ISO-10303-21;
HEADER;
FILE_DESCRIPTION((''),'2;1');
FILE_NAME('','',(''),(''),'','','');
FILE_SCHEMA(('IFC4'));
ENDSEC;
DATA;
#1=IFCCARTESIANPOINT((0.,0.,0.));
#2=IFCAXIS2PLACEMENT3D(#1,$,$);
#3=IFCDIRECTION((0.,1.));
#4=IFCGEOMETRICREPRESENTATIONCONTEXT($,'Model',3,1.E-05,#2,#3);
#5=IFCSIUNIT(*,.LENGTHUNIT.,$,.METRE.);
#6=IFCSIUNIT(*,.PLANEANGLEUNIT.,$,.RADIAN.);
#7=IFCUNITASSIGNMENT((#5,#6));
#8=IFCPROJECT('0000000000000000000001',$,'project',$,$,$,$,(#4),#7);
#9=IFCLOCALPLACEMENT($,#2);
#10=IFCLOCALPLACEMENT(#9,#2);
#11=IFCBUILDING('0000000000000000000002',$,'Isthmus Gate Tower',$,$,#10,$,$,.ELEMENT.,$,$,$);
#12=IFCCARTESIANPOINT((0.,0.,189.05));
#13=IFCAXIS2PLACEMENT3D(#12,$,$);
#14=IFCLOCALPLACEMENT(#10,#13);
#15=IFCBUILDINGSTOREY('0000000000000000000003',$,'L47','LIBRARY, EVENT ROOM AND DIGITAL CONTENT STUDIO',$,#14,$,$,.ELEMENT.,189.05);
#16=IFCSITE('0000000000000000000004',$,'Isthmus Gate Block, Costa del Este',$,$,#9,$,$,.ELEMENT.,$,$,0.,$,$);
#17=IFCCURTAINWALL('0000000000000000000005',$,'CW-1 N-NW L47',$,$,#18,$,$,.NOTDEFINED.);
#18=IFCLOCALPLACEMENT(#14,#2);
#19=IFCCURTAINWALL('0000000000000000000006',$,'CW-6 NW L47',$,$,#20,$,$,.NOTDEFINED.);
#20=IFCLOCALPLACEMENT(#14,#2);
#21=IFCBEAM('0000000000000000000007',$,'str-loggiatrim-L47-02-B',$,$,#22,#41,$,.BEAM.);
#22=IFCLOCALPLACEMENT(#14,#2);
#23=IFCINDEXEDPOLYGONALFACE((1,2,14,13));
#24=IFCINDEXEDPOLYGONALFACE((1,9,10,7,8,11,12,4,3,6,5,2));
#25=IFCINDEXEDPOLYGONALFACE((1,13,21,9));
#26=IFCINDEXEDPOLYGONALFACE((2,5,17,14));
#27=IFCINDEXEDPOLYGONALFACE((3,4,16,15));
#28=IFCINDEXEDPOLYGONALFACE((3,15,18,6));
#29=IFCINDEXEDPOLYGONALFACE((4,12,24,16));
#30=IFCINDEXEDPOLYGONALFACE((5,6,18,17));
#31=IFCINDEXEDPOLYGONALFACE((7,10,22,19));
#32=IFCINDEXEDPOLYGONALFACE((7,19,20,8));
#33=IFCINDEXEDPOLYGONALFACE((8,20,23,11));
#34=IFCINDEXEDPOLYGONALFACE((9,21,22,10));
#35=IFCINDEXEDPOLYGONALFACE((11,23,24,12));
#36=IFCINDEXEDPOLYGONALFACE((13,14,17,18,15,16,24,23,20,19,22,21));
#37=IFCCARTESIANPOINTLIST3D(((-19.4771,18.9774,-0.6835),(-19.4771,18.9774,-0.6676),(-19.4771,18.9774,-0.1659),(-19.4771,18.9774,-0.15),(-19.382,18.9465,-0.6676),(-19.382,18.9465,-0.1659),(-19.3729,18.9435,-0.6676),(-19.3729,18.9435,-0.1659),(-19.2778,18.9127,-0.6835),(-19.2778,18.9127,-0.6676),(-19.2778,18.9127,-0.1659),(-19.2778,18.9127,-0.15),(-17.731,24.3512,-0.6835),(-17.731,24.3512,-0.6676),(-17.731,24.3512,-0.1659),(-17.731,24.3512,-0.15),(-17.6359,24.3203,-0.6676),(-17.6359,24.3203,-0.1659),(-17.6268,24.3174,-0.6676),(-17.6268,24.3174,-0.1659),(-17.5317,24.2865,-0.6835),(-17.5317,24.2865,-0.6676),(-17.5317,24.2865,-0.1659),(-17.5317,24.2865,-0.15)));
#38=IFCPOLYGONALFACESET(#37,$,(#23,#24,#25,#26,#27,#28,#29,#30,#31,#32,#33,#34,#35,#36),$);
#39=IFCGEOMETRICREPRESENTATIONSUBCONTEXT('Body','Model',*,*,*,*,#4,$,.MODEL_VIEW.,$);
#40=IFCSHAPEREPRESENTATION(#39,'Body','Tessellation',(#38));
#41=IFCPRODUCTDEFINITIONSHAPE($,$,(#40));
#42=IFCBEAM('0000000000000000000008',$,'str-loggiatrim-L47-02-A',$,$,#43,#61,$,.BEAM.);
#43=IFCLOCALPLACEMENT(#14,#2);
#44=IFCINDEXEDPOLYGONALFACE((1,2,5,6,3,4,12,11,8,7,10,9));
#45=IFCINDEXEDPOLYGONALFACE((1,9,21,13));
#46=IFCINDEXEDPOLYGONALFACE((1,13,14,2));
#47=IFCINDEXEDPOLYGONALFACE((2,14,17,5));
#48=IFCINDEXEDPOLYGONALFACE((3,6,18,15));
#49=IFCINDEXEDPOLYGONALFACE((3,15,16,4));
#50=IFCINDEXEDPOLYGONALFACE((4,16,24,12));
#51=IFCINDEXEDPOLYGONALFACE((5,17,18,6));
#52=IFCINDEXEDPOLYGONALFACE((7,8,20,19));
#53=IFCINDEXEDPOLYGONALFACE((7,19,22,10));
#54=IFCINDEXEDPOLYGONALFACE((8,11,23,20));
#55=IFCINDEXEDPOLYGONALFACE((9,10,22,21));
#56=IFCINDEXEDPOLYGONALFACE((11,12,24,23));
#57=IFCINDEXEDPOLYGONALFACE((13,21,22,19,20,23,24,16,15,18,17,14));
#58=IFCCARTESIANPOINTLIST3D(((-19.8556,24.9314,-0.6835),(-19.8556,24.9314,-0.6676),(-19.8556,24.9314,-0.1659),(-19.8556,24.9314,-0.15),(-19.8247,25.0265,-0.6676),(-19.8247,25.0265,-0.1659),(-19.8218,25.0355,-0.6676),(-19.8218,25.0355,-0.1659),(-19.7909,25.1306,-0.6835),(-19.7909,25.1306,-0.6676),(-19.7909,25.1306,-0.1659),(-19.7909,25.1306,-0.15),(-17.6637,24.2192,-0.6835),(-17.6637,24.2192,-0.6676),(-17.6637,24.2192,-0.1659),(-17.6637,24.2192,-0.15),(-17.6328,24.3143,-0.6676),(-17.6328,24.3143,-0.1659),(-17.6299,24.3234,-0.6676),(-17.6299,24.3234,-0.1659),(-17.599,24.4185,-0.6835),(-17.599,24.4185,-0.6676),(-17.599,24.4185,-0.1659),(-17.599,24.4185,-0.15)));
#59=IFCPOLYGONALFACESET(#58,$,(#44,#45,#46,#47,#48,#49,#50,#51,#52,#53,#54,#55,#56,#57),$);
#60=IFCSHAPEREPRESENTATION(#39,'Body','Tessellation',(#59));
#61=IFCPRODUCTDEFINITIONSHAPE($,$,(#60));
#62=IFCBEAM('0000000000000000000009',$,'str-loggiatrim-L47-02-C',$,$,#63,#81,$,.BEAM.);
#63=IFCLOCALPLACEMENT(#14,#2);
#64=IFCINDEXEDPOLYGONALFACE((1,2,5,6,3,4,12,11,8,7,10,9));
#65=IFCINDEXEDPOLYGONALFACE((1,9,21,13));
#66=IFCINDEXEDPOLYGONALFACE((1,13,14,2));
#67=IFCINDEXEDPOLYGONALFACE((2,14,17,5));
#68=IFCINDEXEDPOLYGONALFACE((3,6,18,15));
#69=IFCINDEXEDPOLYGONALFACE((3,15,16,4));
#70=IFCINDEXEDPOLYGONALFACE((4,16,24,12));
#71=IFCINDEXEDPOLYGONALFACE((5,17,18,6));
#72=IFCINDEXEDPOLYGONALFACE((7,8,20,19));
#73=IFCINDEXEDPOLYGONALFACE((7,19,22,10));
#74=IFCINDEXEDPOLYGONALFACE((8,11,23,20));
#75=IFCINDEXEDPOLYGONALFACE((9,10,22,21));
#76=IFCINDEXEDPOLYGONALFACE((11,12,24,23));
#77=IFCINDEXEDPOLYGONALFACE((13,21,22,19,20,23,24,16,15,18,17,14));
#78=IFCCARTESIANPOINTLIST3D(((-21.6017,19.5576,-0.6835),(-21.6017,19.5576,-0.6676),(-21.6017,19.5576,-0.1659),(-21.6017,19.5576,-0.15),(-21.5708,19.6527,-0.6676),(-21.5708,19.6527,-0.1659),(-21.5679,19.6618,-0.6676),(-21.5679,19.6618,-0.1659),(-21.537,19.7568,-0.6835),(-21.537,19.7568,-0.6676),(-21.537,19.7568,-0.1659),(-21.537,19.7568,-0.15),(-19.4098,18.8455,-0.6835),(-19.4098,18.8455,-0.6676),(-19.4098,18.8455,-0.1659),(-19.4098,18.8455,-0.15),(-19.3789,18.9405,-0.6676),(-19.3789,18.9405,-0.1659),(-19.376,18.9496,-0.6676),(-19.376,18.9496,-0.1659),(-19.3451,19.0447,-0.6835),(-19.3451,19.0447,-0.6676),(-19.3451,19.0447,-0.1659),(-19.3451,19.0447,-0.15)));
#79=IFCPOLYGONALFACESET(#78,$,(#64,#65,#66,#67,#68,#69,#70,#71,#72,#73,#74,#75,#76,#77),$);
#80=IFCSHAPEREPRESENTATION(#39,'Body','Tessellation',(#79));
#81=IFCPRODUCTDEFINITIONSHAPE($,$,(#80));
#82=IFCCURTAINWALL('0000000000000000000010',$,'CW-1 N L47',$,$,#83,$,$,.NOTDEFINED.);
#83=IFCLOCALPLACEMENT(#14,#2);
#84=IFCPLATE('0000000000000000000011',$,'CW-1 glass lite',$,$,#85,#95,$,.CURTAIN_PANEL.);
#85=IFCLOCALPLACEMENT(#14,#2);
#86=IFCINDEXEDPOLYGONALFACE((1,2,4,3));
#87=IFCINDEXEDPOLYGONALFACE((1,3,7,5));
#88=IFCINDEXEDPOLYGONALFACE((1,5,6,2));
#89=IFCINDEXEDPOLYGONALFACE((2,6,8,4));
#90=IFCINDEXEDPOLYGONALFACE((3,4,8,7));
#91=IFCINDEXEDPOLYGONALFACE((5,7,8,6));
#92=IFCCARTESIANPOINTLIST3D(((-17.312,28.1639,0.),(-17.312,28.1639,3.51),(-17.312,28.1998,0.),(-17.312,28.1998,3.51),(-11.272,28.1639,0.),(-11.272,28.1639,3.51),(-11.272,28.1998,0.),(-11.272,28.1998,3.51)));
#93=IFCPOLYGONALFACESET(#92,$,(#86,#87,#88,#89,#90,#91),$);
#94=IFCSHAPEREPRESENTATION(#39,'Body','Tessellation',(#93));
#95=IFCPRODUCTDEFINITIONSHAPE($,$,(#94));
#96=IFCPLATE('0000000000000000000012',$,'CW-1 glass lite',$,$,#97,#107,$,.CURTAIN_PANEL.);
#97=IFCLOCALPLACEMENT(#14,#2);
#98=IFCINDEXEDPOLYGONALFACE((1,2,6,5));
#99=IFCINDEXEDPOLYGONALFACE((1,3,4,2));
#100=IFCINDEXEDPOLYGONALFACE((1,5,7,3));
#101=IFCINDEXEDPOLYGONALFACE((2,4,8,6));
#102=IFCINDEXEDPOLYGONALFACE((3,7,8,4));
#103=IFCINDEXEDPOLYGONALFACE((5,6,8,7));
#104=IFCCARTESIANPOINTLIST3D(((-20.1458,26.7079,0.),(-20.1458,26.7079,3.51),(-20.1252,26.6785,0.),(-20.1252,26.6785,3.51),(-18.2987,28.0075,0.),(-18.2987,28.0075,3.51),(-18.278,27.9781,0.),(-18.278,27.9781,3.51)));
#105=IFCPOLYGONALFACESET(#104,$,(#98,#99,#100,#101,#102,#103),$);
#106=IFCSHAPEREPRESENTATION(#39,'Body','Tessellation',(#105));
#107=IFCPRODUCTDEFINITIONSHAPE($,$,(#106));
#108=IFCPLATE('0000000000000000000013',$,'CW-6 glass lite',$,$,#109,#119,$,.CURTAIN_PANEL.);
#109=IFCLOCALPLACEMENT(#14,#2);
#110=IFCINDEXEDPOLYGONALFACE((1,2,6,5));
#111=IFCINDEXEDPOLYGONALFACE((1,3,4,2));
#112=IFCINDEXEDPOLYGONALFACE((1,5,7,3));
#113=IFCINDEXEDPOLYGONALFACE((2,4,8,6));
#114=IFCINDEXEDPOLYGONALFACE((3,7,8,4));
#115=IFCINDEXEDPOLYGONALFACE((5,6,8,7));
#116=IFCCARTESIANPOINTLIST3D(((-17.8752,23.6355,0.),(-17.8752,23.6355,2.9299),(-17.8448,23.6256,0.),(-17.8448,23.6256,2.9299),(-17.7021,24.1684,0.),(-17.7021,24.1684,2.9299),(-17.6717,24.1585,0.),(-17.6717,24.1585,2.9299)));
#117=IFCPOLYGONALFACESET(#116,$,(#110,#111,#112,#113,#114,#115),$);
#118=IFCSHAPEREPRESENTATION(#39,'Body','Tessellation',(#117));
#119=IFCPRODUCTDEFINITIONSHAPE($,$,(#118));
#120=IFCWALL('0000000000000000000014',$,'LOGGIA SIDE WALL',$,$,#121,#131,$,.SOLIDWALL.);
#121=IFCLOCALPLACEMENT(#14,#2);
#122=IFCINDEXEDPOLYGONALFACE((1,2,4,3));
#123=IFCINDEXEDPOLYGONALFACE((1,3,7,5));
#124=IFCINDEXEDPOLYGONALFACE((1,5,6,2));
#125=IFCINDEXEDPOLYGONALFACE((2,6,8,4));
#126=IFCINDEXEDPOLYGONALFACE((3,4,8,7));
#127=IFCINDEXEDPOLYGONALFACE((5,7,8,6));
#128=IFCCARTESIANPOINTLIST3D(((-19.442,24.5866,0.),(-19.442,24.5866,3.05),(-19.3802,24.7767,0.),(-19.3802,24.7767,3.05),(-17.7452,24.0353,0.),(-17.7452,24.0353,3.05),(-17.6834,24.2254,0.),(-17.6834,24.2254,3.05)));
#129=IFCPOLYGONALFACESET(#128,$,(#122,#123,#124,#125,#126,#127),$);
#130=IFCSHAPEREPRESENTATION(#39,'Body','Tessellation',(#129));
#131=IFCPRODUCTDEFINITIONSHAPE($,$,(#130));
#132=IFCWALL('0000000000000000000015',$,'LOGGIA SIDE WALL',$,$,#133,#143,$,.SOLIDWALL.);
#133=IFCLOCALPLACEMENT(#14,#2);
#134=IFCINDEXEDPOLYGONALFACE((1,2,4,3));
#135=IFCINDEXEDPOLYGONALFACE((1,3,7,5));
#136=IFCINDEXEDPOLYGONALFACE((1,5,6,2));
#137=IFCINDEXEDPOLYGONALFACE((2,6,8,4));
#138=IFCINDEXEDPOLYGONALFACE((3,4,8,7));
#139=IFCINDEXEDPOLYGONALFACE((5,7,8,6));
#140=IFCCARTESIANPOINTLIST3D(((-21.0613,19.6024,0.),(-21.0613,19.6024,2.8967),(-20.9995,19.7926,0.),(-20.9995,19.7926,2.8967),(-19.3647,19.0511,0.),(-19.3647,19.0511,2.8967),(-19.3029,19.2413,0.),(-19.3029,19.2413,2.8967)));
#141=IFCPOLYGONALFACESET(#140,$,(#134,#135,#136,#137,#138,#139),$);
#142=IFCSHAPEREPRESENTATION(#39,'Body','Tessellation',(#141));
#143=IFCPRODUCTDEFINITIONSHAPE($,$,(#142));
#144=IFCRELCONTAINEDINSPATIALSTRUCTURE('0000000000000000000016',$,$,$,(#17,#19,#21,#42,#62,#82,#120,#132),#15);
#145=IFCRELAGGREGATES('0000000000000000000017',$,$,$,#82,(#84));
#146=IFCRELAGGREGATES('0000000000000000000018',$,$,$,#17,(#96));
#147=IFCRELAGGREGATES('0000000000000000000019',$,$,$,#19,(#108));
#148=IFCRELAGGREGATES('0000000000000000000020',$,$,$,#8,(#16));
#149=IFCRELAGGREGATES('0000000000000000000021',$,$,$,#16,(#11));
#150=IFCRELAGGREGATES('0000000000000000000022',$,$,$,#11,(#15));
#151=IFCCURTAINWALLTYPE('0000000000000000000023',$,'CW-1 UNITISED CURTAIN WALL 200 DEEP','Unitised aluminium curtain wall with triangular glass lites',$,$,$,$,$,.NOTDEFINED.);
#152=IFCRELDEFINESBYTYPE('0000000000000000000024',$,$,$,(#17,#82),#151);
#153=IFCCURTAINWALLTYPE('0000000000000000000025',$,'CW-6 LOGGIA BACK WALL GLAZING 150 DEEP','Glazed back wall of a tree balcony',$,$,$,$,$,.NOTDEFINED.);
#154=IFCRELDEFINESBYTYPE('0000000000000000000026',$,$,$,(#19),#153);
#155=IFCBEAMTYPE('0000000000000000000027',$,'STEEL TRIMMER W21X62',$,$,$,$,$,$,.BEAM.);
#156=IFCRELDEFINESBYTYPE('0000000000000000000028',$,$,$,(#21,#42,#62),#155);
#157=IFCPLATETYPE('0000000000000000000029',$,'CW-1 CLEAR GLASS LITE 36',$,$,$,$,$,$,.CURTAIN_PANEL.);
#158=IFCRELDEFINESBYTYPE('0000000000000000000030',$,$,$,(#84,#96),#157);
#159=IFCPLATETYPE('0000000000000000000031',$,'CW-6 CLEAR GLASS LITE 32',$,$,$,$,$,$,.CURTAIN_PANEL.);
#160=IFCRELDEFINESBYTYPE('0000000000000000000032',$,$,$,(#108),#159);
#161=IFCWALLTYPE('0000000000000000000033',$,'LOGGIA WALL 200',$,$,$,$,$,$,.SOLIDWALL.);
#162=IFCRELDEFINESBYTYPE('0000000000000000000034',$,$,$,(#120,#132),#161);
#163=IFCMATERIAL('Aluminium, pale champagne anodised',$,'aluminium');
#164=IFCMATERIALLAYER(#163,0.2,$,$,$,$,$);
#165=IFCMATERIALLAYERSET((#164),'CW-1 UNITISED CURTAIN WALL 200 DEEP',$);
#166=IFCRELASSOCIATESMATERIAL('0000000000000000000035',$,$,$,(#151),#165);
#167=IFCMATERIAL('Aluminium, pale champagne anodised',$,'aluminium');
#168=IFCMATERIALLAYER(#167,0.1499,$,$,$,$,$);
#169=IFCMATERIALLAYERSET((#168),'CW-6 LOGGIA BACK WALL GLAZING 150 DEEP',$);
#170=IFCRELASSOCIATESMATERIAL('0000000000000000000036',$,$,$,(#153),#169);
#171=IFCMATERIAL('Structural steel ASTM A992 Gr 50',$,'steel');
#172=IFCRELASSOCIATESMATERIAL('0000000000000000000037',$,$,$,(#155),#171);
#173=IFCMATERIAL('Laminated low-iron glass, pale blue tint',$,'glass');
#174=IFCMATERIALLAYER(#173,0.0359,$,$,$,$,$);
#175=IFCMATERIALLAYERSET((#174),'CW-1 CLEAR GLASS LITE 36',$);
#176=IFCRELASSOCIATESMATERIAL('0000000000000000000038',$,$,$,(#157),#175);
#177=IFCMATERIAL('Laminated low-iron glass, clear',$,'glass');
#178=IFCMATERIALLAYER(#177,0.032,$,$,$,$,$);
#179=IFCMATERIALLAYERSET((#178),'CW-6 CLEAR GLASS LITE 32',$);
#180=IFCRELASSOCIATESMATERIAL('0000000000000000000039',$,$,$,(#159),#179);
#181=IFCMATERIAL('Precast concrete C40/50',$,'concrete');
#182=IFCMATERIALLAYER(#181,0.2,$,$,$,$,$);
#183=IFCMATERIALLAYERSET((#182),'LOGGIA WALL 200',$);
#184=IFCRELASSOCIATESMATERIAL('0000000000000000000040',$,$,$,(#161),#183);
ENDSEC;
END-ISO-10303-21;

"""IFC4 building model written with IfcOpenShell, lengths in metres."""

from ifc_helpers import new_model, si_unit, direction, frame, frame_2d, origin, origin_2d, place, context, subcontext, project, spatial, rectangle, i_section, extrude, material, layer, layer_set, material_profile, profile_set, type_object, element, aggregate, save


model = new_model("IFC4")

# Units and contexts
model_context = context("Model", 3, precision=1e-05, world=origin(), true_north=direction((0.0, 1.0)))
body_context = subcontext(model_context, "Body", "Model", "MODEL_VIEW")
ifc_project = project(units=[si_unit("LENGTHUNIT", "METRE"), si_unit("PLANEANGLEUNIT", "RADIAN")], contexts=[model_context])

# Site, building, storey
site_placement = place(None, origin())
site = spatial("IfcSite", under=ifc_project, at=site_placement, Name="Isthmus Gate Block, Costa del Este", CompositionType="ELEMENT", RefElevation=0.0)
building_placement = place(site_placement, origin())
building = spatial("IfcBuilding", under=site, at=building_placement, Name="Isthmus Gate Tower", CompositionType="ELEMENT")
storey_placement = place(building_placement, frame((0.0, 0.0, 189.05)))
storey = spatial("IfcBuildingStorey", under=building, at=storey_placement, Name="L47", Description="LIBRARY, EVENT ROOM AND DIGITAL CONTENT STUDIO", CompositionType="ELEMENT", Elevation=189.05)

# Curtain wall
ifc_material_1 = material(Name="Aluminium, pale champagne anodised", Category="aluminium")
ifc_layer_1 = layer(ifc_material_1, 0.2)
ifc_layer_set_1 = layer_set([ifc_layer_1], Name="CW-1 UNITISED CURTAIN WALL 200 DEEP")
curtain_wall_type_1 = type_object("IfcCurtainWallType", Name="CW-1 UNITISED CURTAIN WALL 200 DEEP", Description="Unitised aluminium curtain wall with triangular glass lites", PredefinedType="NOTDEFINED", material=ifc_layer_set_1)
curtain_wall_1_placement = place(storey_placement, origin())
curtain_wall_1 = element("IfcCurtainWall", 1, at=curtain_wall_1_placement, inside=storey, type_object=curtain_wall_type_1, Name="CW-1 N-NW L47", PredefinedType="NOTDEFINED")

# Curtain wall
ifc_material_2 = material(Name="Aluminium, pale champagne anodised", Category="aluminium")
ifc_layer_2 = layer(ifc_material_2, 0.1499)
ifc_layer_set_2 = layer_set([ifc_layer_2], Name="CW-6 LOGGIA BACK WALL GLAZING 150 DEEP")
curtain_wall_type_2 = type_object("IfcCurtainWallType", Name="CW-6 LOGGIA BACK WALL GLAZING 150 DEEP", Description="Glazed back wall of a tree balcony", PredefinedType="NOTDEFINED", material=ifc_layer_set_2)
curtain_wall_2_placement = place(storey_placement, origin())
curtain_wall_2 = element("IfcCurtainWall", 2, at=curtain_wall_2_placement, inside=storey, type_object=curtain_wall_type_2, Name="CW-6 NW L47", PredefinedType="NOTDEFINED")

# Beams
ifc_material_3 = material(Name="Structural steel ASTM A992 Gr 50", Category="steel")
ifc_material_profile_1 = material_profile(ifc_material_3, i_section(OverallWidth=0.2095, OverallDepth=0.5334, WebThickness=0.0095, FlangeThickness=0.0159, at=origin_2d()), Name="W21X62")
ifc_profile_set_1 = profile_set([ifc_material_profile_1], Name="Structural steel ASTM A992 Gr 50")
beam_type_1 = type_object("IfcBeamType", Name="STEEL TRIMMER W21X62", PredefinedType="BEAM", material=ifc_profile_set_1)
beam_1_placement = place(storey_placement, frame((-17.6313, 24.3188, -0.4167), z_axis=(-0.309025, -0.951054, 0.0), x_axis=(0.951054, -0.309025, 0.0)))
element("IfcBeam", 3, at=beam_1_placement, inside=storey, type_object=beam_type_1, Name="str-loggiatrim-L47-02-B", PredefinedType="BEAM", context=body_context, shape_type="SweptSolid", body=[
    extrude(i_section(OverallWidth=0.2095, OverallDepth=0.5334, WebThickness=0.0095, FlangeThickness=0.0159, at=origin_2d()), origin(), (0.0, 0.0, 1.0), 5.6504),
])
for number, where, z_axis, x_axis, name in (
    (4, (-19.8232, 25.031, -0.4167), (0.951061, -0.309005, 0.0), (0.309005, 0.951061, 0.0), "str-loggiatrim-L47-02-A"),
    (5, (-21.5693, 19.6572, -0.4167), (0.951061, -0.309005, 0.0), (0.309005, 0.951061, 0.0), "str-loggiatrim-L47-02-C"),
):
    element("IfcBeam", number, at=place(storey_placement, frame(where, z_axis=z_axis, x_axis=x_axis)), inside=storey, type_object=beam_type_1, Name=name, PredefinedType="BEAM", context=body_context, shape_type="SweptSolid", body=[
        extrude(i_section(OverallWidth=0.2095, OverallDepth=0.5334, WebThickness=0.0095, FlangeThickness=0.0159, at=origin_2d()), origin(), (0.0, 0.0, 1.0), 2.3047),
    ])

# Curtain wall, plate
curtain_wall_3_placement = place(storey_placement, origin())
curtain_wall_3 = element("IfcCurtainWall", 6, at=curtain_wall_3_placement, inside=storey, type_object=curtain_wall_type_1, Name="CW-1 N L47", PredefinedType="NOTDEFINED")
ifc_material_4 = material(Name="Laminated low-iron glass, pale blue tint", Category="glass")
ifc_layer_3 = layer(ifc_material_4, 0.0359)
ifc_layer_set_3 = layer_set([ifc_layer_3], Name="CW-1 CLEAR GLASS LITE 36")
plate_type_1 = type_object("IfcPlateType", Name="CW-1 CLEAR GLASS LITE 36", PredefinedType="CURTAIN_PANEL", material=ifc_layer_set_3)
plate_1_placement = place(storey_placement, frame((-14.292, 28.1819, 0.0), z_axis=(0.0, 0.0, 1.0), x_axis=(-1.0, 0.0, 0.0)))
plate_1 = element("IfcPlate", 7, at=plate_1_placement, type_object=plate_type_1, Name="CW-1 glass lite", PredefinedType="CURTAIN_PANEL", context=body_context, shape_type="SweptSolid", body=[
    extrude(rectangle(XDim=6.04, YDim=0.0359, at=origin_2d()), origin(), (0.0, 0.0, 1.0), 3.51),
])
aggregate(curtain_wall_3, [plate_1])

# Plates
plate_2_placement = place(storey_placement, frame((-19.2119, 27.343, 0.0), z_axis=(0.0, 0.0, 1.0), x_axis=(-0.81786, -0.575418, 0.0)))
plate_2 = element("IfcPlate", 8, at=plate_2_placement, type_object=plate_type_1, Name="CW-1 glass lite", PredefinedType="CURTAIN_PANEL", context=body_context, shape_type="SweptSolid", body=[
    extrude(rectangle(XDim=2.2585, YDim=0.0359, at=origin_2d()), origin(), (0.0, 0.0, 1.0), 3.51),
])
aggregate(curtain_wall_1, [plate_2])
ifc_material_5 = material(Name="Laminated low-iron glass, clear", Category="glass")
ifc_layer_4 = layer(ifc_material_5, 0.032)
ifc_layer_set_4 = layer_set([ifc_layer_4], Name="CW-6 CLEAR GLASS LITE 32")
plate_type_2 = type_object("IfcPlateType", Name="CW-6 CLEAR GLASS LITE 32", PredefinedType="CURTAIN_PANEL", material=ifc_layer_set_4)
plate_3_placement = place(storey_placement, frame((-17.7734, 23.897, 0.0), z_axis=(0.0, 0.0, 1.0), x_axis=(-0.309017, -0.951057, 0.0)))
plate_3 = element("IfcPlate", 9, at=plate_3_placement, type_object=plate_type_2, Name="CW-6 glass lite", PredefinedType="CURTAIN_PANEL", context=body_context, shape_type="SweptSolid", body=[
    extrude(rectangle(XDim=0.5603, YDim=0.032, at=origin_2d()), origin(), (0.0, 0.0, 1.0), 2.9299),
])
aggregate(curtain_wall_2, [plate_3])

# Shared definitions
ifc_material_6 = material(Name="Precast concrete C40/50", Category="concrete")
ifc_layer_5 = layer(ifc_material_6, 0.2)
ifc_layer_set_5 = layer_set([ifc_layer_5], Name="LOGGIA WALL 200")
wall_type = type_object("IfcWallType", Name="LOGGIA WALL 200", PredefinedType="SOLIDWALL", material=ifc_layer_set_5)

# Walls
wall_1_placement = place(storey_placement, frame((-19.4111, 24.6816, 0.0), z_axis=(0.0, 0.0, 1.0), x_axis=(0.951064, -0.308993, 0.0)))
element("IfcWall", 10, at=wall_1_placement, inside=storey, type_object=wall_type, Name="LOGGIA SIDE WALL", PredefinedType="SOLIDWALL", context=body_context, shape_type="SweptSolid", body=[
    extrude(rectangle(XDim=1.7842, YDim=0.2, at=frame_2d((0.8921, 0.0))), origin(), (0.0, 0.0, 1.0), 3.05),
])
wall_2_placement = place(storey_placement, frame((-21.0305, 19.6975, 0.0), z_axis=(0.0, 0.0, 1.0), x_axis=(0.951051, -0.309033, 0.0)))
element("IfcWall", 11, at=wall_2_placement, inside=storey, type_object=wall_type, Name="LOGGIA SIDE WALL", PredefinedType="SOLIDWALL", context=body_context, shape_type="SweptSolid", body=[
    extrude(rectangle(XDim=1.7839, YDim=0.2, at=frame_2d((0.8921, 0.0))), origin(), (0.0, 0.0, 1.0), 2.8967),
])

save(model, "model.ifc")
